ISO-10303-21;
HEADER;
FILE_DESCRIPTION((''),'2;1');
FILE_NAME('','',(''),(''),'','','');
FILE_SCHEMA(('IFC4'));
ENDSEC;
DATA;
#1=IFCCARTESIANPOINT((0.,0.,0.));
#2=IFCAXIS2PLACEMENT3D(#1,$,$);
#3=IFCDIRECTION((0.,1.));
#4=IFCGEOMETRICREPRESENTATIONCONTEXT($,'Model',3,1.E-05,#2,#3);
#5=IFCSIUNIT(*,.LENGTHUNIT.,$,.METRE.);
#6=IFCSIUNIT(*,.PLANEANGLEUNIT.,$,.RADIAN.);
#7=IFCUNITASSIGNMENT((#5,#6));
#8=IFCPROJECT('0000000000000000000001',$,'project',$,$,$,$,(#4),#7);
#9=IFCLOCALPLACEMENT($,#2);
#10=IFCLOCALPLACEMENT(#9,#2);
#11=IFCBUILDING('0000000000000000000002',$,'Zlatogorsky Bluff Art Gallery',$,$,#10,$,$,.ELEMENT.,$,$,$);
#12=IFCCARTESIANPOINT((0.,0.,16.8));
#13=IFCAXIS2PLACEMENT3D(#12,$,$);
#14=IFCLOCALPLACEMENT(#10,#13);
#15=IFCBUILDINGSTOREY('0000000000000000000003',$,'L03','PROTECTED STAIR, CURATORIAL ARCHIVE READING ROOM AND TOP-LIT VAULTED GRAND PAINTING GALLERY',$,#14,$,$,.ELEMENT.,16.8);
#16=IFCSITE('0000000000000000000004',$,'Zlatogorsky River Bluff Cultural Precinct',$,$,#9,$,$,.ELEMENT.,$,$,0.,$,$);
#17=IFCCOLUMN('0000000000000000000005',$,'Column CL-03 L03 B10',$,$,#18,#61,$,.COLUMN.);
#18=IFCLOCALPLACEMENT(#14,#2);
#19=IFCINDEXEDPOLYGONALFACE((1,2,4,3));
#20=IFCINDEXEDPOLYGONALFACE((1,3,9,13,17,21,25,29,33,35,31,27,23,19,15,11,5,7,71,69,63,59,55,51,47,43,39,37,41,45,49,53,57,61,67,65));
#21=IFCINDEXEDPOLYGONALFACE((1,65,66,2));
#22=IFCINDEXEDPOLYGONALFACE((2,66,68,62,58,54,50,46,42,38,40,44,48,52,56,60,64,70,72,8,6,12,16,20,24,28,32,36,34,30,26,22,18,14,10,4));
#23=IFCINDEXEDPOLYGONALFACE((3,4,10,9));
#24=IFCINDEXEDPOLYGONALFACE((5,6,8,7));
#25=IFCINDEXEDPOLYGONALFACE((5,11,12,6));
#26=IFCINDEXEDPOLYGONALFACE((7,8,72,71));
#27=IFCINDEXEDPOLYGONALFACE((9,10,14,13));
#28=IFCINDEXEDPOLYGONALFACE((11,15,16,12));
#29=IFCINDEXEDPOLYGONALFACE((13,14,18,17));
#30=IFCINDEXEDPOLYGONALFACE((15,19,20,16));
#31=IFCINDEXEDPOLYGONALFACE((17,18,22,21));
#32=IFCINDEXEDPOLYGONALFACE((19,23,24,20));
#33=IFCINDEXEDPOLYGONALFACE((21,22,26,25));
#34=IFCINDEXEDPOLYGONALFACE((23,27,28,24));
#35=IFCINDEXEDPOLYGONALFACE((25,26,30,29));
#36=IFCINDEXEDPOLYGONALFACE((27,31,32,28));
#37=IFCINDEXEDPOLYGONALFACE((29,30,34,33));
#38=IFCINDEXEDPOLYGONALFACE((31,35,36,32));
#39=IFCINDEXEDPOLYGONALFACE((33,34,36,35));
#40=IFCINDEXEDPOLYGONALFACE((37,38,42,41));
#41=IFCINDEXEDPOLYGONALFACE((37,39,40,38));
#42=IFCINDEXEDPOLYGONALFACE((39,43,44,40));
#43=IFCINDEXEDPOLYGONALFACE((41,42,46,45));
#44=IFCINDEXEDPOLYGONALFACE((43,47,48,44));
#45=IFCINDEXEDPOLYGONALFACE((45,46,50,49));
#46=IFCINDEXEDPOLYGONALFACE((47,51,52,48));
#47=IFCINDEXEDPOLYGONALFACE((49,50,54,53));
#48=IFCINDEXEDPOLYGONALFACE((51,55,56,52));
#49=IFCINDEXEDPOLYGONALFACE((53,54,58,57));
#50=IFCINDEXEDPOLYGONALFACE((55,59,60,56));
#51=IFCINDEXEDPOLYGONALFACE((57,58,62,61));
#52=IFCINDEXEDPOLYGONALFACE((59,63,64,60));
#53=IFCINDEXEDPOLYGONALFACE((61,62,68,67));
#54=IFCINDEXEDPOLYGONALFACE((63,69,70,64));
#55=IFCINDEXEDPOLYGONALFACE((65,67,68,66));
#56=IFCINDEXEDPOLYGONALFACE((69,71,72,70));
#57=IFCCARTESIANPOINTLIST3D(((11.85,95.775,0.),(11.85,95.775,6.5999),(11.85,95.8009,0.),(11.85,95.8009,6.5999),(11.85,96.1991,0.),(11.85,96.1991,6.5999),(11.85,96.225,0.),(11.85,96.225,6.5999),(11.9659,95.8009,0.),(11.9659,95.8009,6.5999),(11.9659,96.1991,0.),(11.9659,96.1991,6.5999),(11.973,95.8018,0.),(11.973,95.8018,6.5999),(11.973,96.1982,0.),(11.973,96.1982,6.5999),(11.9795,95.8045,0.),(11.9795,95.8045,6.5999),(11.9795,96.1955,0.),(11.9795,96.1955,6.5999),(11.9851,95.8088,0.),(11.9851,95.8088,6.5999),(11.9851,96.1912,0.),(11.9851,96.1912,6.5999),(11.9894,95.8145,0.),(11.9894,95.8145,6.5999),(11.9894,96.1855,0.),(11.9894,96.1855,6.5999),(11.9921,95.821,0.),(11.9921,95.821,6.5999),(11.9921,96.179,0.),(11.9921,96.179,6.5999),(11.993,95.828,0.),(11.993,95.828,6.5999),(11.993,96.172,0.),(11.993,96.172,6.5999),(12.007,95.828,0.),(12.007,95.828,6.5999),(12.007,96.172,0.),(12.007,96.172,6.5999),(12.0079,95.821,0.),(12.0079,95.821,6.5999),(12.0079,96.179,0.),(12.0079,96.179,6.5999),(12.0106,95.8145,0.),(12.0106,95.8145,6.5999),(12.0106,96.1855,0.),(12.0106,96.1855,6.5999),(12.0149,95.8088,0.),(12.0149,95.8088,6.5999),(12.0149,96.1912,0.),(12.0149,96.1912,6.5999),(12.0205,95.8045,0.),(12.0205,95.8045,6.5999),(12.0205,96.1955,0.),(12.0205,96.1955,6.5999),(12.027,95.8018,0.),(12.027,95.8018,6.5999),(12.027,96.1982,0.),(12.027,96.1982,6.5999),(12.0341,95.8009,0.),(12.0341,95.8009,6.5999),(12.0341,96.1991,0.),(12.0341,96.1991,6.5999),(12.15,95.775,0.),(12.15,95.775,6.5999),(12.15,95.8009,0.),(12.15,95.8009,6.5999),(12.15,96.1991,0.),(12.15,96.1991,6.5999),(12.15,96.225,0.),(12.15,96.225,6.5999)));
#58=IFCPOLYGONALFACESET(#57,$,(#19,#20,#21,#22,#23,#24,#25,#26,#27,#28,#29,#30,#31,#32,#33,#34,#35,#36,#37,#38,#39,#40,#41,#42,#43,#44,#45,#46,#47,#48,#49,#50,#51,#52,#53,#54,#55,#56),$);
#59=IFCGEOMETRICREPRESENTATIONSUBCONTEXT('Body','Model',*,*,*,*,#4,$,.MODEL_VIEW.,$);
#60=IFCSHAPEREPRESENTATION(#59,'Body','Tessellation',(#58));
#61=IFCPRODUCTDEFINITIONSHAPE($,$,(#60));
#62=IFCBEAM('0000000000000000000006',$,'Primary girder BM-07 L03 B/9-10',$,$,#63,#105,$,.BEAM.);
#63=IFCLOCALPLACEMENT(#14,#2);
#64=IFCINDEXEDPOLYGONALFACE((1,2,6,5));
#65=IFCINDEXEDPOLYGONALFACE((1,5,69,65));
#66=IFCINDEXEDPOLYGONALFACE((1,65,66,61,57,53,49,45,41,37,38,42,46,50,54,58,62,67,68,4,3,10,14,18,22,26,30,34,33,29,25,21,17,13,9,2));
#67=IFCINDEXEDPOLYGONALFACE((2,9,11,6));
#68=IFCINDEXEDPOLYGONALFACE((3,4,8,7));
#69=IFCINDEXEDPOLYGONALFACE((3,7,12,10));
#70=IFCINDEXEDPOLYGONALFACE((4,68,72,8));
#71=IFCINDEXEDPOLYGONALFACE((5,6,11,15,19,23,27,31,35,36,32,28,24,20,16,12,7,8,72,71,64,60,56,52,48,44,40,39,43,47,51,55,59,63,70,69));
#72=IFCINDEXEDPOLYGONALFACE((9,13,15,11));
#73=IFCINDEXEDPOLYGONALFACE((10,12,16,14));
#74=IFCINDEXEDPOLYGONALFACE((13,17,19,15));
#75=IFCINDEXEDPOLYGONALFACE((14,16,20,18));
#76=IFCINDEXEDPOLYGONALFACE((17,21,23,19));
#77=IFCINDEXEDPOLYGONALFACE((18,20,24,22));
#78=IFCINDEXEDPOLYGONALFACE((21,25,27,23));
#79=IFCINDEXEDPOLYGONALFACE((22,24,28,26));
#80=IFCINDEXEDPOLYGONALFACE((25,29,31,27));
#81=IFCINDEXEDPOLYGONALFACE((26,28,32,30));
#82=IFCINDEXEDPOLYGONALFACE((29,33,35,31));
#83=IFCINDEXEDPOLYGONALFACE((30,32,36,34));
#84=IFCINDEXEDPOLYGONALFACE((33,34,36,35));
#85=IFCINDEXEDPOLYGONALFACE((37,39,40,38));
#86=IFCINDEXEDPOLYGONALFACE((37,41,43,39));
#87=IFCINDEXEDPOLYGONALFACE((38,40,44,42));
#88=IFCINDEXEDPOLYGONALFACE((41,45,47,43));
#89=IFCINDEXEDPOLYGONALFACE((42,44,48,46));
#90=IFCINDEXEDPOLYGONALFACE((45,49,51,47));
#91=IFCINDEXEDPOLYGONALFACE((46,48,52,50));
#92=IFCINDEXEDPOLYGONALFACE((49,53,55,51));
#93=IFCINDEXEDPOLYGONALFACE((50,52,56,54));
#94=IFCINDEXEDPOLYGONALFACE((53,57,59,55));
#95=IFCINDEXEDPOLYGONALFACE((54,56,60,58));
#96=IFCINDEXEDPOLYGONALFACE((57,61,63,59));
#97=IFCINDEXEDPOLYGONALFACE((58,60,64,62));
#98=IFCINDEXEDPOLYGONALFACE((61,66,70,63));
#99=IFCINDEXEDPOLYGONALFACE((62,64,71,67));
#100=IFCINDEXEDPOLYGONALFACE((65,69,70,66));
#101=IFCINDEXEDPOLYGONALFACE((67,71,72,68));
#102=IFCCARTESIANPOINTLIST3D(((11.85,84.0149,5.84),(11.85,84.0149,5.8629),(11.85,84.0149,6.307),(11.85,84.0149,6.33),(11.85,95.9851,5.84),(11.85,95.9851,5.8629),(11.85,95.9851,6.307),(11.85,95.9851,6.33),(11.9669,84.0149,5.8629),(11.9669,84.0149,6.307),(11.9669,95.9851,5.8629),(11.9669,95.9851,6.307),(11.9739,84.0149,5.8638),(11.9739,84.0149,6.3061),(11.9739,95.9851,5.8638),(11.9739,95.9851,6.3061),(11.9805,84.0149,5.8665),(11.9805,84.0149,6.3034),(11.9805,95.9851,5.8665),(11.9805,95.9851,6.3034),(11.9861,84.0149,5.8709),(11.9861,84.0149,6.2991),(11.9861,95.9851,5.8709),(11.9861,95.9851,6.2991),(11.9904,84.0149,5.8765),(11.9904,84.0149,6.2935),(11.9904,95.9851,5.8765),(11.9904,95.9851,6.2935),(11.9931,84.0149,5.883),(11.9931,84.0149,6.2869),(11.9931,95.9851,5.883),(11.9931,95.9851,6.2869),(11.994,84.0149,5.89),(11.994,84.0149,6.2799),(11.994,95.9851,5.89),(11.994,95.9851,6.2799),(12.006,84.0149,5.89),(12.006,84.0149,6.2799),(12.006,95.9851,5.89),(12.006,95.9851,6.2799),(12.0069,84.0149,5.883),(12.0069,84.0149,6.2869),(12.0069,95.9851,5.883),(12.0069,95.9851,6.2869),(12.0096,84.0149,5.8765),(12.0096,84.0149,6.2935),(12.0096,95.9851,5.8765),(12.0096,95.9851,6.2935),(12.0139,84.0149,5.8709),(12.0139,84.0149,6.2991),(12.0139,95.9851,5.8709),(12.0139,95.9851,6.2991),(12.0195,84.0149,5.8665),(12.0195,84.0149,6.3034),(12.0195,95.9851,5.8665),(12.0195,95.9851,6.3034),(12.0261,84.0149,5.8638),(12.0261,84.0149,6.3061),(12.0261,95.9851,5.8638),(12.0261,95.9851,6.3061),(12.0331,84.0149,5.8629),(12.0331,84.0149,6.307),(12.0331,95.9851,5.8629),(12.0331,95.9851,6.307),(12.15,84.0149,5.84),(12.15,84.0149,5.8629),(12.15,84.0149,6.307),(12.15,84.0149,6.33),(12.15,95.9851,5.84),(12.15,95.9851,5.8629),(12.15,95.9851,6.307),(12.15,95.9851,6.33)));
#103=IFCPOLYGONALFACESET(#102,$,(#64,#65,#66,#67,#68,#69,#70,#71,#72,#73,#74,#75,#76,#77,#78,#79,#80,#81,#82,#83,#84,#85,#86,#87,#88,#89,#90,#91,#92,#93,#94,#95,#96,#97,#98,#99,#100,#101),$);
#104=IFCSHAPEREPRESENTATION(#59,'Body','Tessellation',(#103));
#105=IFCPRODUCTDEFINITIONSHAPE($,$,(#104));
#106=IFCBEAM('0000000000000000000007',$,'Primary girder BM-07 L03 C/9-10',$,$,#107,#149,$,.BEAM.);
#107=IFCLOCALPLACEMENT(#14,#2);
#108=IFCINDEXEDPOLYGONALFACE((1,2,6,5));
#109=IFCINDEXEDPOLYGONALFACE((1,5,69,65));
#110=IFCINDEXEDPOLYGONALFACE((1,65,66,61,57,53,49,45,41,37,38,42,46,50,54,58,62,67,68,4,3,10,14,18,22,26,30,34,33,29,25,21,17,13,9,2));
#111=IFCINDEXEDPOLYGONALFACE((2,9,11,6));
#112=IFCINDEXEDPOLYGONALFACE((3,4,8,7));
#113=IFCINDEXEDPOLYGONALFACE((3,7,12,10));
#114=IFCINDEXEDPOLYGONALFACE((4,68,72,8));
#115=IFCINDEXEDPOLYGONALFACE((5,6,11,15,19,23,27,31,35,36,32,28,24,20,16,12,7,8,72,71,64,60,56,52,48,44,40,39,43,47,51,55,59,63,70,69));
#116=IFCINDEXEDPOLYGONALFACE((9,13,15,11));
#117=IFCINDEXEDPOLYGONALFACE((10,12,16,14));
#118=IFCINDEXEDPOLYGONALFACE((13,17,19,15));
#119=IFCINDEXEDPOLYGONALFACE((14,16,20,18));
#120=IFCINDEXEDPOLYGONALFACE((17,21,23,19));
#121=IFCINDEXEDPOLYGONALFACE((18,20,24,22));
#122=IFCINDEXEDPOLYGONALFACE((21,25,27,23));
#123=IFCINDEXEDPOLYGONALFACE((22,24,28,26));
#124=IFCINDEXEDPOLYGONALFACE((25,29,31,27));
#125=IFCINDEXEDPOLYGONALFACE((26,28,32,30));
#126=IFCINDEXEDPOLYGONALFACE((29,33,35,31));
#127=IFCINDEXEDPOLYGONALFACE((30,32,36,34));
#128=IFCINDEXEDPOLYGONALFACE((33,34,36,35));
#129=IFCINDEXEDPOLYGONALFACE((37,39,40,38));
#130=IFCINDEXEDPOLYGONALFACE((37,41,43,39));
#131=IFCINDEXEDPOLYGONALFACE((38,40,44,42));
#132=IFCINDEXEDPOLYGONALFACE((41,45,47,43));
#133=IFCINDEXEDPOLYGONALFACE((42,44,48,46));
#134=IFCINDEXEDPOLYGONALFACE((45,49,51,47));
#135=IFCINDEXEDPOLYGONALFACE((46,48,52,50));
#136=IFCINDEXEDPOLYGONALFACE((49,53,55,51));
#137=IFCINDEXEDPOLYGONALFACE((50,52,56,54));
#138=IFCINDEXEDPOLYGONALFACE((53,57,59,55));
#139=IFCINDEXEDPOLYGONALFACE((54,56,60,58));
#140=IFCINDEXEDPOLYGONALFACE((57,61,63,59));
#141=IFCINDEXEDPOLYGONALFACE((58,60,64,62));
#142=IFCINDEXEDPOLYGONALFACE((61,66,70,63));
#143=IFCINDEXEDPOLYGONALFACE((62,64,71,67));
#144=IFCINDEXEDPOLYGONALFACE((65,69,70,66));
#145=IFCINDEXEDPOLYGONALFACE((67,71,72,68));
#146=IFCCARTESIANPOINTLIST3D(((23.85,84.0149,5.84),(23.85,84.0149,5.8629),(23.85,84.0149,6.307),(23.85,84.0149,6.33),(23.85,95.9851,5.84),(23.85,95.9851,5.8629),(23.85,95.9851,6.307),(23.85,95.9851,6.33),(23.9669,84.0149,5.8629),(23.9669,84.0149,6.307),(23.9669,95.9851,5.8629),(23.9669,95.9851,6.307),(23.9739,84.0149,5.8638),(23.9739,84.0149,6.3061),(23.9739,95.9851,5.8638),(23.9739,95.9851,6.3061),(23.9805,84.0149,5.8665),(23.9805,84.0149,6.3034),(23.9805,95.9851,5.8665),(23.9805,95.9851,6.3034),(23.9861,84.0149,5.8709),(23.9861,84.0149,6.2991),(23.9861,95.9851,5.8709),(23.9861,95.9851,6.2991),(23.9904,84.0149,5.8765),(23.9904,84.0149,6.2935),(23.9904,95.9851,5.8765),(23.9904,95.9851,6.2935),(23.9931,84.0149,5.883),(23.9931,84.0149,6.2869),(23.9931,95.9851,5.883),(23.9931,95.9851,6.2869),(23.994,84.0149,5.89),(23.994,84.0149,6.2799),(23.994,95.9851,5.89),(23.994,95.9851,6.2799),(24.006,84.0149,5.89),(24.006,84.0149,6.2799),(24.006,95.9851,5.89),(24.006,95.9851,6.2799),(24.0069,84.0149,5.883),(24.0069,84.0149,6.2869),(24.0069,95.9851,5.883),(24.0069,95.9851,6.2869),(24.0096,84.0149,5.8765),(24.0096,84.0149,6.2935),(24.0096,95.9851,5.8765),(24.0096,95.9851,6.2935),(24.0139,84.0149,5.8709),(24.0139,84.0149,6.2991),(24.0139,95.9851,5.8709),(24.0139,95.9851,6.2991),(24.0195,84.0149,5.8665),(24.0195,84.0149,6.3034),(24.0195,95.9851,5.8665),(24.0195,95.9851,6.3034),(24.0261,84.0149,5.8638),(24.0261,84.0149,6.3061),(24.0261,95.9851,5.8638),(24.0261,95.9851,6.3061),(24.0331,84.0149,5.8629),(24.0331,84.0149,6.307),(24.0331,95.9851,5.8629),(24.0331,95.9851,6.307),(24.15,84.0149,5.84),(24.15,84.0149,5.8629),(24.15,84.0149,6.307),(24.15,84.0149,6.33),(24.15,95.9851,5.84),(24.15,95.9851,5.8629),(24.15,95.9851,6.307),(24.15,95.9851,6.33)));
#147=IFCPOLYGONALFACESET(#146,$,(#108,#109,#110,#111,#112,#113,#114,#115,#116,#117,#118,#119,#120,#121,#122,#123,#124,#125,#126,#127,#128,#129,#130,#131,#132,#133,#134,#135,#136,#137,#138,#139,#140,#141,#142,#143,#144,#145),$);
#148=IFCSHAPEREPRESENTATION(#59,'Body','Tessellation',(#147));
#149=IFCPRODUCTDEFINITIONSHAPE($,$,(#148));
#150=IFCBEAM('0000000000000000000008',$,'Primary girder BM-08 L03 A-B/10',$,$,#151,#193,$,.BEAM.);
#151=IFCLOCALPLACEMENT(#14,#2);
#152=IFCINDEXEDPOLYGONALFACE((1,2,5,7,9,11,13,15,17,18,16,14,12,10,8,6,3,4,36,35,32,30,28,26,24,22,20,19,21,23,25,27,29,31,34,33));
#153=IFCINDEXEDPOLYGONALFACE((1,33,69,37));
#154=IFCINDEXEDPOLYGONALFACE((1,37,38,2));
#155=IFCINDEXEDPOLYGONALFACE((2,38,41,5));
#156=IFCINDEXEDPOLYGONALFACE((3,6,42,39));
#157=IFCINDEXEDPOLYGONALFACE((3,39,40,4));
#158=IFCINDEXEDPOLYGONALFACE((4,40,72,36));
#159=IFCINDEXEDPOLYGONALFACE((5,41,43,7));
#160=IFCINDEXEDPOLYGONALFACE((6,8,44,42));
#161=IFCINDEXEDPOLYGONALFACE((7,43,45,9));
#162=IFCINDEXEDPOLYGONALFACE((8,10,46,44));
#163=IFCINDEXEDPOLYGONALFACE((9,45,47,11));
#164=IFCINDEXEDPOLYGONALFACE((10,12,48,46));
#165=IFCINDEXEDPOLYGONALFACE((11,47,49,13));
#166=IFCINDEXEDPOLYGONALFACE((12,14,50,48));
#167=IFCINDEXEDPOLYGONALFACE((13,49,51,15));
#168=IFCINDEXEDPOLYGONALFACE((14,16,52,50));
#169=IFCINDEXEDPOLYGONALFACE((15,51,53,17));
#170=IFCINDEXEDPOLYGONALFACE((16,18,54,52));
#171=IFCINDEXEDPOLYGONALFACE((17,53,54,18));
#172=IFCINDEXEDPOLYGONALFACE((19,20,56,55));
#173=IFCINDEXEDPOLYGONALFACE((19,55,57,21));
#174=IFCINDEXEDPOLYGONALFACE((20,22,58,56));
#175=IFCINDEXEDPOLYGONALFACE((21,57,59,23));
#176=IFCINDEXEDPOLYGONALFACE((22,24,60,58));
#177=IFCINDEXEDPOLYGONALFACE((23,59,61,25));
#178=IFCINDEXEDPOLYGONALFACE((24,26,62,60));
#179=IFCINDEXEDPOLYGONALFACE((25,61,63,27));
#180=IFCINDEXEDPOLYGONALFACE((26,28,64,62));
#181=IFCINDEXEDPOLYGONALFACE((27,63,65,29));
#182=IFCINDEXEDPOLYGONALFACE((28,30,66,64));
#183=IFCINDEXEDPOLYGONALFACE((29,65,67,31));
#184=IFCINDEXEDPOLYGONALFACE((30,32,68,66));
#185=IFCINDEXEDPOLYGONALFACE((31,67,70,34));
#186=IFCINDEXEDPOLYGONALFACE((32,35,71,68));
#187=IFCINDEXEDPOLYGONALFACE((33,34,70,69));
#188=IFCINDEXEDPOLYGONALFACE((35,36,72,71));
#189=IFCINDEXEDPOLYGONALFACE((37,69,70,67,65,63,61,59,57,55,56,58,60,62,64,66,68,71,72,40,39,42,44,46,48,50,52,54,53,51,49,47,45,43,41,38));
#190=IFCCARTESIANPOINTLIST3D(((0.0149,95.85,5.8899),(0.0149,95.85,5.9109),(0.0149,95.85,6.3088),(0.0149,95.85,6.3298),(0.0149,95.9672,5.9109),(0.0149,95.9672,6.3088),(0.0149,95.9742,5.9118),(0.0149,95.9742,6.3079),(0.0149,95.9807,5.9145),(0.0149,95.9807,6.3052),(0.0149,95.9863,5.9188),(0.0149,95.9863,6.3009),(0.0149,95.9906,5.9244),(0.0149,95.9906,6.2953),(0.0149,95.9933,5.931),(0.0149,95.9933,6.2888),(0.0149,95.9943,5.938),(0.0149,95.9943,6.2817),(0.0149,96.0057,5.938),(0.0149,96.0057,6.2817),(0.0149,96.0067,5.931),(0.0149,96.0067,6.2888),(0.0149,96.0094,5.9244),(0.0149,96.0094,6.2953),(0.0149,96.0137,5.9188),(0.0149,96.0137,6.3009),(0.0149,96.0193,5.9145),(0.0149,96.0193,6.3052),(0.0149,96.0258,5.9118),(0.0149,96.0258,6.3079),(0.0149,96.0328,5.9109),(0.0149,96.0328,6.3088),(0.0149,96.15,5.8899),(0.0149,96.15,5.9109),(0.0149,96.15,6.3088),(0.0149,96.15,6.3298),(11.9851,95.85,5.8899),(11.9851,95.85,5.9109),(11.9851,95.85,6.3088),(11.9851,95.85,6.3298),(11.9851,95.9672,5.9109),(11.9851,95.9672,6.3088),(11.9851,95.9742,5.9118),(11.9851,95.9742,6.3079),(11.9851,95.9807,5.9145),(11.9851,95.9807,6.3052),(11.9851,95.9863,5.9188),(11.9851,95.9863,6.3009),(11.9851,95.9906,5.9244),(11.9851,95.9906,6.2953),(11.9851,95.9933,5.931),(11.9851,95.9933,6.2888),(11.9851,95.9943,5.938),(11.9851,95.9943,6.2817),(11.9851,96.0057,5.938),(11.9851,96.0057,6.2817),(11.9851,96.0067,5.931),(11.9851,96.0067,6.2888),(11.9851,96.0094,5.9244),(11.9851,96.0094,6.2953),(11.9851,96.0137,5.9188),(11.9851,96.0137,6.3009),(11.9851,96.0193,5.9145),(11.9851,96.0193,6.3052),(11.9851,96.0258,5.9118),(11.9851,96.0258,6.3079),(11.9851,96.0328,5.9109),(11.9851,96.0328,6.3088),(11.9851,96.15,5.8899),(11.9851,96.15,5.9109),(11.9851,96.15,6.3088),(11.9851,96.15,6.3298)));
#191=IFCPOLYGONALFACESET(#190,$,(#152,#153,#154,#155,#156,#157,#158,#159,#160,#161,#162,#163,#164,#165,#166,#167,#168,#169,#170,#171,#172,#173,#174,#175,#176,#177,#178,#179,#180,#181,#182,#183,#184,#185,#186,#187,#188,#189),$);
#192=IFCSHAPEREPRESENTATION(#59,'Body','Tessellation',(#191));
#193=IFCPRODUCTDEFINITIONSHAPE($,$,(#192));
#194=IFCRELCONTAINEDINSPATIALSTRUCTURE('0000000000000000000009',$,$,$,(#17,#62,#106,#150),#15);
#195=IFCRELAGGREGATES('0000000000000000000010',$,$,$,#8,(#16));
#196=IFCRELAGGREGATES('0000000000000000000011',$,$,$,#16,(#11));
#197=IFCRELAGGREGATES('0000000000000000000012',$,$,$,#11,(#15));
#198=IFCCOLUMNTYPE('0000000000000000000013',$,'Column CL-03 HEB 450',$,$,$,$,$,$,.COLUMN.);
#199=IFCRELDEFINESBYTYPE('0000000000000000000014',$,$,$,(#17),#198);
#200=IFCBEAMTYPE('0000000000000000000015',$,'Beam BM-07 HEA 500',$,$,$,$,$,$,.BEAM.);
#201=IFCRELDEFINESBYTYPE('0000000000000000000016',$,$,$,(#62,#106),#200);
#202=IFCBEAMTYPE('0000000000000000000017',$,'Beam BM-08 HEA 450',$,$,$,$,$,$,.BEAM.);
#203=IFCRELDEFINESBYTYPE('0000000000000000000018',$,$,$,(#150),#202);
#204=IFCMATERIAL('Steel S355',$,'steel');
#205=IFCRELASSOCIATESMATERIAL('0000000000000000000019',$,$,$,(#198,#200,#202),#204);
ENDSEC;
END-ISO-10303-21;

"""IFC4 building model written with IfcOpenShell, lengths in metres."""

from ifc_helpers import new_model, si_unit, direction, frame, origin, origin_2d, place, context, subcontext, project, spatial, i_section, extrude, material, material_profile, profile_set, type_object, element, save


model = new_model("IFC4")

# Units and contexts
model_context = context("Model", 3, precision=1e-05, world=origin(), true_north=direction((0.0, 1.0)))
body_context = subcontext(model_context, "Body", "Model", "MODEL_VIEW")
ifc_project = project(units=[si_unit("LENGTHUNIT", "METRE"), si_unit("PLANEANGLEUNIT", "RADIAN")], contexts=[model_context])

# Site, building, storey
site_placement = place(None, origin())
site = spatial("IfcSite", under=ifc_project, at=site_placement, Name="Zlatogorsky River Bluff Cultural Precinct", CompositionType="ELEMENT", RefElevation=0.0)
building_placement = place(site_placement, origin())
building = spatial("IfcBuilding", under=site, at=building_placement, Name="Zlatogorsky Bluff Art Gallery", CompositionType="ELEMENT")
storey_placement = place(building_placement, frame((0.0, 0.0, 16.8)))
storey = spatial("IfcBuildingStorey", under=building, at=storey_placement, Name="L03", Description="PROTECTED STAIR, CURATORIAL ARCHIVE READING ROOM AND TOP-LIT VAULTED GRAND PAINTING GALLERY", CompositionType="ELEMENT", Elevation=16.8)

# Column
ifc_material_1 = material(Name="Steel S355", Category="steel")
ifc_material_profile_1 = material_profile(ifc_material_1, i_section(OverallWidth=0.3, OverallDepth=0.45, WebThickness=0.0139, FlangeThickness=0.0259, FilletRadius=0.0271, at=origin_2d()), Name="HEB 450")
ifc_profile_set_1 = profile_set([ifc_material_profile_1], Name="Steel S355")
column_type = type_object("IfcColumnType", Name="Column CL-03 HEB 450", PredefinedType="COLUMN", material=ifc_profile_set_1)
column_placement = place(storey_placement, frame((12.0, 96.0, 0.0), z_axis=(0.0, 0.0, 1.0), x_axis=(1.0, 0.0, 0.0)))
element("IfcColumn", 1, at=column_placement, inside=storey, type_object=column_type, Name="Column CL-03 L03 B10", PredefinedType="COLUMN", context=body_context, shape_type="SweptSolid", body=[
    extrude(i_section(OverallWidth=0.3, OverallDepth=0.45, WebThickness=0.0139, FlangeThickness=0.0259, FilletRadius=0.0271, at=origin_2d()), origin(), (0.0, 0.0, 1.0), 6.5999),
])

# Beams
ifc_material_profile_2 = material_profile(ifc_material_1, i_section(OverallWidth=0.3, OverallDepth=0.49, WebThickness=0.012, FlangeThickness=0.0229, FilletRadius=0.0271, at=origin_2d()), Name="HEA 500")
ifc_profile_set_2 = profile_set([ifc_material_profile_2], Name="Steel S355")
beam_type_1 = type_object("IfcBeamType", Name="Beam BM-07 HEA 500", PredefinedType="BEAM", material=ifc_profile_set_2)
for number, where, z_axis, x_axis, name in (
    (2, (12.0, 84.0149, 6.085), (0.0, 1.0, 0.0), (-1.0, 0.0, 0.0), "Primary girder BM-07 L03 B/9-10"),
    (3, (24.0, 84.0149, 6.085), (0.0, 1.0, 0.0), (-1.0, 0.0, 0.0), "Primary girder BM-07 L03 C/9-10"),
):
    element("IfcBeam", number, at=place(storey_placement, frame(where, z_axis=z_axis, x_axis=x_axis)), inside=storey, type_object=beam_type_1, Name=name, PredefinedType="BEAM", context=body_context, shape_type="SweptSolid", body=[
        extrude(i_section(OverallWidth=0.3, OverallDepth=0.49, WebThickness=0.012, FlangeThickness=0.0229, FilletRadius=0.0271, at=origin_2d()), origin(), (0.0, 0.0, 1.0), 11.9702),
    ])
ifc_material_profile_3 = material_profile(ifc_material_1, i_section(OverallWidth=0.3, OverallDepth=0.4399, WebThickness=0.0115, FlangeThickness=0.021, FilletRadius=0.0271, at=origin_2d()), Name="HEA 450")
ifc_profile_set_3 = profile_set([ifc_material_profile_3], Name="Steel S355")
beam_type_2 = type_object("IfcBeamType", Name="Beam BM-08 HEA 450", PredefinedType="BEAM", material=ifc_profile_set_3)
beam_placement = place(storey_placement, frame((0.0149, 96.0, 6.1099), z_axis=(1.0, 0.0, 0.0), x_axis=(0.0, 1.0, 0.0)))
element("IfcBeam", 4, at=beam_placement, inside=storey, type_object=beam_type_2, Name="Primary girder BM-08 L03 A-B/10", PredefinedType="BEAM", context=body_context, shape_type="SweptSolid", body=[
    extrude(i_section(OverallWidth=0.3, OverallDepth=0.4399, WebThickness=0.0115, FlangeThickness=0.021, FilletRadius=0.0271, at=origin_2d()), origin(), (0.0, 0.0, 1.0), 11.9702),
])

save(model, "model.ifc")
